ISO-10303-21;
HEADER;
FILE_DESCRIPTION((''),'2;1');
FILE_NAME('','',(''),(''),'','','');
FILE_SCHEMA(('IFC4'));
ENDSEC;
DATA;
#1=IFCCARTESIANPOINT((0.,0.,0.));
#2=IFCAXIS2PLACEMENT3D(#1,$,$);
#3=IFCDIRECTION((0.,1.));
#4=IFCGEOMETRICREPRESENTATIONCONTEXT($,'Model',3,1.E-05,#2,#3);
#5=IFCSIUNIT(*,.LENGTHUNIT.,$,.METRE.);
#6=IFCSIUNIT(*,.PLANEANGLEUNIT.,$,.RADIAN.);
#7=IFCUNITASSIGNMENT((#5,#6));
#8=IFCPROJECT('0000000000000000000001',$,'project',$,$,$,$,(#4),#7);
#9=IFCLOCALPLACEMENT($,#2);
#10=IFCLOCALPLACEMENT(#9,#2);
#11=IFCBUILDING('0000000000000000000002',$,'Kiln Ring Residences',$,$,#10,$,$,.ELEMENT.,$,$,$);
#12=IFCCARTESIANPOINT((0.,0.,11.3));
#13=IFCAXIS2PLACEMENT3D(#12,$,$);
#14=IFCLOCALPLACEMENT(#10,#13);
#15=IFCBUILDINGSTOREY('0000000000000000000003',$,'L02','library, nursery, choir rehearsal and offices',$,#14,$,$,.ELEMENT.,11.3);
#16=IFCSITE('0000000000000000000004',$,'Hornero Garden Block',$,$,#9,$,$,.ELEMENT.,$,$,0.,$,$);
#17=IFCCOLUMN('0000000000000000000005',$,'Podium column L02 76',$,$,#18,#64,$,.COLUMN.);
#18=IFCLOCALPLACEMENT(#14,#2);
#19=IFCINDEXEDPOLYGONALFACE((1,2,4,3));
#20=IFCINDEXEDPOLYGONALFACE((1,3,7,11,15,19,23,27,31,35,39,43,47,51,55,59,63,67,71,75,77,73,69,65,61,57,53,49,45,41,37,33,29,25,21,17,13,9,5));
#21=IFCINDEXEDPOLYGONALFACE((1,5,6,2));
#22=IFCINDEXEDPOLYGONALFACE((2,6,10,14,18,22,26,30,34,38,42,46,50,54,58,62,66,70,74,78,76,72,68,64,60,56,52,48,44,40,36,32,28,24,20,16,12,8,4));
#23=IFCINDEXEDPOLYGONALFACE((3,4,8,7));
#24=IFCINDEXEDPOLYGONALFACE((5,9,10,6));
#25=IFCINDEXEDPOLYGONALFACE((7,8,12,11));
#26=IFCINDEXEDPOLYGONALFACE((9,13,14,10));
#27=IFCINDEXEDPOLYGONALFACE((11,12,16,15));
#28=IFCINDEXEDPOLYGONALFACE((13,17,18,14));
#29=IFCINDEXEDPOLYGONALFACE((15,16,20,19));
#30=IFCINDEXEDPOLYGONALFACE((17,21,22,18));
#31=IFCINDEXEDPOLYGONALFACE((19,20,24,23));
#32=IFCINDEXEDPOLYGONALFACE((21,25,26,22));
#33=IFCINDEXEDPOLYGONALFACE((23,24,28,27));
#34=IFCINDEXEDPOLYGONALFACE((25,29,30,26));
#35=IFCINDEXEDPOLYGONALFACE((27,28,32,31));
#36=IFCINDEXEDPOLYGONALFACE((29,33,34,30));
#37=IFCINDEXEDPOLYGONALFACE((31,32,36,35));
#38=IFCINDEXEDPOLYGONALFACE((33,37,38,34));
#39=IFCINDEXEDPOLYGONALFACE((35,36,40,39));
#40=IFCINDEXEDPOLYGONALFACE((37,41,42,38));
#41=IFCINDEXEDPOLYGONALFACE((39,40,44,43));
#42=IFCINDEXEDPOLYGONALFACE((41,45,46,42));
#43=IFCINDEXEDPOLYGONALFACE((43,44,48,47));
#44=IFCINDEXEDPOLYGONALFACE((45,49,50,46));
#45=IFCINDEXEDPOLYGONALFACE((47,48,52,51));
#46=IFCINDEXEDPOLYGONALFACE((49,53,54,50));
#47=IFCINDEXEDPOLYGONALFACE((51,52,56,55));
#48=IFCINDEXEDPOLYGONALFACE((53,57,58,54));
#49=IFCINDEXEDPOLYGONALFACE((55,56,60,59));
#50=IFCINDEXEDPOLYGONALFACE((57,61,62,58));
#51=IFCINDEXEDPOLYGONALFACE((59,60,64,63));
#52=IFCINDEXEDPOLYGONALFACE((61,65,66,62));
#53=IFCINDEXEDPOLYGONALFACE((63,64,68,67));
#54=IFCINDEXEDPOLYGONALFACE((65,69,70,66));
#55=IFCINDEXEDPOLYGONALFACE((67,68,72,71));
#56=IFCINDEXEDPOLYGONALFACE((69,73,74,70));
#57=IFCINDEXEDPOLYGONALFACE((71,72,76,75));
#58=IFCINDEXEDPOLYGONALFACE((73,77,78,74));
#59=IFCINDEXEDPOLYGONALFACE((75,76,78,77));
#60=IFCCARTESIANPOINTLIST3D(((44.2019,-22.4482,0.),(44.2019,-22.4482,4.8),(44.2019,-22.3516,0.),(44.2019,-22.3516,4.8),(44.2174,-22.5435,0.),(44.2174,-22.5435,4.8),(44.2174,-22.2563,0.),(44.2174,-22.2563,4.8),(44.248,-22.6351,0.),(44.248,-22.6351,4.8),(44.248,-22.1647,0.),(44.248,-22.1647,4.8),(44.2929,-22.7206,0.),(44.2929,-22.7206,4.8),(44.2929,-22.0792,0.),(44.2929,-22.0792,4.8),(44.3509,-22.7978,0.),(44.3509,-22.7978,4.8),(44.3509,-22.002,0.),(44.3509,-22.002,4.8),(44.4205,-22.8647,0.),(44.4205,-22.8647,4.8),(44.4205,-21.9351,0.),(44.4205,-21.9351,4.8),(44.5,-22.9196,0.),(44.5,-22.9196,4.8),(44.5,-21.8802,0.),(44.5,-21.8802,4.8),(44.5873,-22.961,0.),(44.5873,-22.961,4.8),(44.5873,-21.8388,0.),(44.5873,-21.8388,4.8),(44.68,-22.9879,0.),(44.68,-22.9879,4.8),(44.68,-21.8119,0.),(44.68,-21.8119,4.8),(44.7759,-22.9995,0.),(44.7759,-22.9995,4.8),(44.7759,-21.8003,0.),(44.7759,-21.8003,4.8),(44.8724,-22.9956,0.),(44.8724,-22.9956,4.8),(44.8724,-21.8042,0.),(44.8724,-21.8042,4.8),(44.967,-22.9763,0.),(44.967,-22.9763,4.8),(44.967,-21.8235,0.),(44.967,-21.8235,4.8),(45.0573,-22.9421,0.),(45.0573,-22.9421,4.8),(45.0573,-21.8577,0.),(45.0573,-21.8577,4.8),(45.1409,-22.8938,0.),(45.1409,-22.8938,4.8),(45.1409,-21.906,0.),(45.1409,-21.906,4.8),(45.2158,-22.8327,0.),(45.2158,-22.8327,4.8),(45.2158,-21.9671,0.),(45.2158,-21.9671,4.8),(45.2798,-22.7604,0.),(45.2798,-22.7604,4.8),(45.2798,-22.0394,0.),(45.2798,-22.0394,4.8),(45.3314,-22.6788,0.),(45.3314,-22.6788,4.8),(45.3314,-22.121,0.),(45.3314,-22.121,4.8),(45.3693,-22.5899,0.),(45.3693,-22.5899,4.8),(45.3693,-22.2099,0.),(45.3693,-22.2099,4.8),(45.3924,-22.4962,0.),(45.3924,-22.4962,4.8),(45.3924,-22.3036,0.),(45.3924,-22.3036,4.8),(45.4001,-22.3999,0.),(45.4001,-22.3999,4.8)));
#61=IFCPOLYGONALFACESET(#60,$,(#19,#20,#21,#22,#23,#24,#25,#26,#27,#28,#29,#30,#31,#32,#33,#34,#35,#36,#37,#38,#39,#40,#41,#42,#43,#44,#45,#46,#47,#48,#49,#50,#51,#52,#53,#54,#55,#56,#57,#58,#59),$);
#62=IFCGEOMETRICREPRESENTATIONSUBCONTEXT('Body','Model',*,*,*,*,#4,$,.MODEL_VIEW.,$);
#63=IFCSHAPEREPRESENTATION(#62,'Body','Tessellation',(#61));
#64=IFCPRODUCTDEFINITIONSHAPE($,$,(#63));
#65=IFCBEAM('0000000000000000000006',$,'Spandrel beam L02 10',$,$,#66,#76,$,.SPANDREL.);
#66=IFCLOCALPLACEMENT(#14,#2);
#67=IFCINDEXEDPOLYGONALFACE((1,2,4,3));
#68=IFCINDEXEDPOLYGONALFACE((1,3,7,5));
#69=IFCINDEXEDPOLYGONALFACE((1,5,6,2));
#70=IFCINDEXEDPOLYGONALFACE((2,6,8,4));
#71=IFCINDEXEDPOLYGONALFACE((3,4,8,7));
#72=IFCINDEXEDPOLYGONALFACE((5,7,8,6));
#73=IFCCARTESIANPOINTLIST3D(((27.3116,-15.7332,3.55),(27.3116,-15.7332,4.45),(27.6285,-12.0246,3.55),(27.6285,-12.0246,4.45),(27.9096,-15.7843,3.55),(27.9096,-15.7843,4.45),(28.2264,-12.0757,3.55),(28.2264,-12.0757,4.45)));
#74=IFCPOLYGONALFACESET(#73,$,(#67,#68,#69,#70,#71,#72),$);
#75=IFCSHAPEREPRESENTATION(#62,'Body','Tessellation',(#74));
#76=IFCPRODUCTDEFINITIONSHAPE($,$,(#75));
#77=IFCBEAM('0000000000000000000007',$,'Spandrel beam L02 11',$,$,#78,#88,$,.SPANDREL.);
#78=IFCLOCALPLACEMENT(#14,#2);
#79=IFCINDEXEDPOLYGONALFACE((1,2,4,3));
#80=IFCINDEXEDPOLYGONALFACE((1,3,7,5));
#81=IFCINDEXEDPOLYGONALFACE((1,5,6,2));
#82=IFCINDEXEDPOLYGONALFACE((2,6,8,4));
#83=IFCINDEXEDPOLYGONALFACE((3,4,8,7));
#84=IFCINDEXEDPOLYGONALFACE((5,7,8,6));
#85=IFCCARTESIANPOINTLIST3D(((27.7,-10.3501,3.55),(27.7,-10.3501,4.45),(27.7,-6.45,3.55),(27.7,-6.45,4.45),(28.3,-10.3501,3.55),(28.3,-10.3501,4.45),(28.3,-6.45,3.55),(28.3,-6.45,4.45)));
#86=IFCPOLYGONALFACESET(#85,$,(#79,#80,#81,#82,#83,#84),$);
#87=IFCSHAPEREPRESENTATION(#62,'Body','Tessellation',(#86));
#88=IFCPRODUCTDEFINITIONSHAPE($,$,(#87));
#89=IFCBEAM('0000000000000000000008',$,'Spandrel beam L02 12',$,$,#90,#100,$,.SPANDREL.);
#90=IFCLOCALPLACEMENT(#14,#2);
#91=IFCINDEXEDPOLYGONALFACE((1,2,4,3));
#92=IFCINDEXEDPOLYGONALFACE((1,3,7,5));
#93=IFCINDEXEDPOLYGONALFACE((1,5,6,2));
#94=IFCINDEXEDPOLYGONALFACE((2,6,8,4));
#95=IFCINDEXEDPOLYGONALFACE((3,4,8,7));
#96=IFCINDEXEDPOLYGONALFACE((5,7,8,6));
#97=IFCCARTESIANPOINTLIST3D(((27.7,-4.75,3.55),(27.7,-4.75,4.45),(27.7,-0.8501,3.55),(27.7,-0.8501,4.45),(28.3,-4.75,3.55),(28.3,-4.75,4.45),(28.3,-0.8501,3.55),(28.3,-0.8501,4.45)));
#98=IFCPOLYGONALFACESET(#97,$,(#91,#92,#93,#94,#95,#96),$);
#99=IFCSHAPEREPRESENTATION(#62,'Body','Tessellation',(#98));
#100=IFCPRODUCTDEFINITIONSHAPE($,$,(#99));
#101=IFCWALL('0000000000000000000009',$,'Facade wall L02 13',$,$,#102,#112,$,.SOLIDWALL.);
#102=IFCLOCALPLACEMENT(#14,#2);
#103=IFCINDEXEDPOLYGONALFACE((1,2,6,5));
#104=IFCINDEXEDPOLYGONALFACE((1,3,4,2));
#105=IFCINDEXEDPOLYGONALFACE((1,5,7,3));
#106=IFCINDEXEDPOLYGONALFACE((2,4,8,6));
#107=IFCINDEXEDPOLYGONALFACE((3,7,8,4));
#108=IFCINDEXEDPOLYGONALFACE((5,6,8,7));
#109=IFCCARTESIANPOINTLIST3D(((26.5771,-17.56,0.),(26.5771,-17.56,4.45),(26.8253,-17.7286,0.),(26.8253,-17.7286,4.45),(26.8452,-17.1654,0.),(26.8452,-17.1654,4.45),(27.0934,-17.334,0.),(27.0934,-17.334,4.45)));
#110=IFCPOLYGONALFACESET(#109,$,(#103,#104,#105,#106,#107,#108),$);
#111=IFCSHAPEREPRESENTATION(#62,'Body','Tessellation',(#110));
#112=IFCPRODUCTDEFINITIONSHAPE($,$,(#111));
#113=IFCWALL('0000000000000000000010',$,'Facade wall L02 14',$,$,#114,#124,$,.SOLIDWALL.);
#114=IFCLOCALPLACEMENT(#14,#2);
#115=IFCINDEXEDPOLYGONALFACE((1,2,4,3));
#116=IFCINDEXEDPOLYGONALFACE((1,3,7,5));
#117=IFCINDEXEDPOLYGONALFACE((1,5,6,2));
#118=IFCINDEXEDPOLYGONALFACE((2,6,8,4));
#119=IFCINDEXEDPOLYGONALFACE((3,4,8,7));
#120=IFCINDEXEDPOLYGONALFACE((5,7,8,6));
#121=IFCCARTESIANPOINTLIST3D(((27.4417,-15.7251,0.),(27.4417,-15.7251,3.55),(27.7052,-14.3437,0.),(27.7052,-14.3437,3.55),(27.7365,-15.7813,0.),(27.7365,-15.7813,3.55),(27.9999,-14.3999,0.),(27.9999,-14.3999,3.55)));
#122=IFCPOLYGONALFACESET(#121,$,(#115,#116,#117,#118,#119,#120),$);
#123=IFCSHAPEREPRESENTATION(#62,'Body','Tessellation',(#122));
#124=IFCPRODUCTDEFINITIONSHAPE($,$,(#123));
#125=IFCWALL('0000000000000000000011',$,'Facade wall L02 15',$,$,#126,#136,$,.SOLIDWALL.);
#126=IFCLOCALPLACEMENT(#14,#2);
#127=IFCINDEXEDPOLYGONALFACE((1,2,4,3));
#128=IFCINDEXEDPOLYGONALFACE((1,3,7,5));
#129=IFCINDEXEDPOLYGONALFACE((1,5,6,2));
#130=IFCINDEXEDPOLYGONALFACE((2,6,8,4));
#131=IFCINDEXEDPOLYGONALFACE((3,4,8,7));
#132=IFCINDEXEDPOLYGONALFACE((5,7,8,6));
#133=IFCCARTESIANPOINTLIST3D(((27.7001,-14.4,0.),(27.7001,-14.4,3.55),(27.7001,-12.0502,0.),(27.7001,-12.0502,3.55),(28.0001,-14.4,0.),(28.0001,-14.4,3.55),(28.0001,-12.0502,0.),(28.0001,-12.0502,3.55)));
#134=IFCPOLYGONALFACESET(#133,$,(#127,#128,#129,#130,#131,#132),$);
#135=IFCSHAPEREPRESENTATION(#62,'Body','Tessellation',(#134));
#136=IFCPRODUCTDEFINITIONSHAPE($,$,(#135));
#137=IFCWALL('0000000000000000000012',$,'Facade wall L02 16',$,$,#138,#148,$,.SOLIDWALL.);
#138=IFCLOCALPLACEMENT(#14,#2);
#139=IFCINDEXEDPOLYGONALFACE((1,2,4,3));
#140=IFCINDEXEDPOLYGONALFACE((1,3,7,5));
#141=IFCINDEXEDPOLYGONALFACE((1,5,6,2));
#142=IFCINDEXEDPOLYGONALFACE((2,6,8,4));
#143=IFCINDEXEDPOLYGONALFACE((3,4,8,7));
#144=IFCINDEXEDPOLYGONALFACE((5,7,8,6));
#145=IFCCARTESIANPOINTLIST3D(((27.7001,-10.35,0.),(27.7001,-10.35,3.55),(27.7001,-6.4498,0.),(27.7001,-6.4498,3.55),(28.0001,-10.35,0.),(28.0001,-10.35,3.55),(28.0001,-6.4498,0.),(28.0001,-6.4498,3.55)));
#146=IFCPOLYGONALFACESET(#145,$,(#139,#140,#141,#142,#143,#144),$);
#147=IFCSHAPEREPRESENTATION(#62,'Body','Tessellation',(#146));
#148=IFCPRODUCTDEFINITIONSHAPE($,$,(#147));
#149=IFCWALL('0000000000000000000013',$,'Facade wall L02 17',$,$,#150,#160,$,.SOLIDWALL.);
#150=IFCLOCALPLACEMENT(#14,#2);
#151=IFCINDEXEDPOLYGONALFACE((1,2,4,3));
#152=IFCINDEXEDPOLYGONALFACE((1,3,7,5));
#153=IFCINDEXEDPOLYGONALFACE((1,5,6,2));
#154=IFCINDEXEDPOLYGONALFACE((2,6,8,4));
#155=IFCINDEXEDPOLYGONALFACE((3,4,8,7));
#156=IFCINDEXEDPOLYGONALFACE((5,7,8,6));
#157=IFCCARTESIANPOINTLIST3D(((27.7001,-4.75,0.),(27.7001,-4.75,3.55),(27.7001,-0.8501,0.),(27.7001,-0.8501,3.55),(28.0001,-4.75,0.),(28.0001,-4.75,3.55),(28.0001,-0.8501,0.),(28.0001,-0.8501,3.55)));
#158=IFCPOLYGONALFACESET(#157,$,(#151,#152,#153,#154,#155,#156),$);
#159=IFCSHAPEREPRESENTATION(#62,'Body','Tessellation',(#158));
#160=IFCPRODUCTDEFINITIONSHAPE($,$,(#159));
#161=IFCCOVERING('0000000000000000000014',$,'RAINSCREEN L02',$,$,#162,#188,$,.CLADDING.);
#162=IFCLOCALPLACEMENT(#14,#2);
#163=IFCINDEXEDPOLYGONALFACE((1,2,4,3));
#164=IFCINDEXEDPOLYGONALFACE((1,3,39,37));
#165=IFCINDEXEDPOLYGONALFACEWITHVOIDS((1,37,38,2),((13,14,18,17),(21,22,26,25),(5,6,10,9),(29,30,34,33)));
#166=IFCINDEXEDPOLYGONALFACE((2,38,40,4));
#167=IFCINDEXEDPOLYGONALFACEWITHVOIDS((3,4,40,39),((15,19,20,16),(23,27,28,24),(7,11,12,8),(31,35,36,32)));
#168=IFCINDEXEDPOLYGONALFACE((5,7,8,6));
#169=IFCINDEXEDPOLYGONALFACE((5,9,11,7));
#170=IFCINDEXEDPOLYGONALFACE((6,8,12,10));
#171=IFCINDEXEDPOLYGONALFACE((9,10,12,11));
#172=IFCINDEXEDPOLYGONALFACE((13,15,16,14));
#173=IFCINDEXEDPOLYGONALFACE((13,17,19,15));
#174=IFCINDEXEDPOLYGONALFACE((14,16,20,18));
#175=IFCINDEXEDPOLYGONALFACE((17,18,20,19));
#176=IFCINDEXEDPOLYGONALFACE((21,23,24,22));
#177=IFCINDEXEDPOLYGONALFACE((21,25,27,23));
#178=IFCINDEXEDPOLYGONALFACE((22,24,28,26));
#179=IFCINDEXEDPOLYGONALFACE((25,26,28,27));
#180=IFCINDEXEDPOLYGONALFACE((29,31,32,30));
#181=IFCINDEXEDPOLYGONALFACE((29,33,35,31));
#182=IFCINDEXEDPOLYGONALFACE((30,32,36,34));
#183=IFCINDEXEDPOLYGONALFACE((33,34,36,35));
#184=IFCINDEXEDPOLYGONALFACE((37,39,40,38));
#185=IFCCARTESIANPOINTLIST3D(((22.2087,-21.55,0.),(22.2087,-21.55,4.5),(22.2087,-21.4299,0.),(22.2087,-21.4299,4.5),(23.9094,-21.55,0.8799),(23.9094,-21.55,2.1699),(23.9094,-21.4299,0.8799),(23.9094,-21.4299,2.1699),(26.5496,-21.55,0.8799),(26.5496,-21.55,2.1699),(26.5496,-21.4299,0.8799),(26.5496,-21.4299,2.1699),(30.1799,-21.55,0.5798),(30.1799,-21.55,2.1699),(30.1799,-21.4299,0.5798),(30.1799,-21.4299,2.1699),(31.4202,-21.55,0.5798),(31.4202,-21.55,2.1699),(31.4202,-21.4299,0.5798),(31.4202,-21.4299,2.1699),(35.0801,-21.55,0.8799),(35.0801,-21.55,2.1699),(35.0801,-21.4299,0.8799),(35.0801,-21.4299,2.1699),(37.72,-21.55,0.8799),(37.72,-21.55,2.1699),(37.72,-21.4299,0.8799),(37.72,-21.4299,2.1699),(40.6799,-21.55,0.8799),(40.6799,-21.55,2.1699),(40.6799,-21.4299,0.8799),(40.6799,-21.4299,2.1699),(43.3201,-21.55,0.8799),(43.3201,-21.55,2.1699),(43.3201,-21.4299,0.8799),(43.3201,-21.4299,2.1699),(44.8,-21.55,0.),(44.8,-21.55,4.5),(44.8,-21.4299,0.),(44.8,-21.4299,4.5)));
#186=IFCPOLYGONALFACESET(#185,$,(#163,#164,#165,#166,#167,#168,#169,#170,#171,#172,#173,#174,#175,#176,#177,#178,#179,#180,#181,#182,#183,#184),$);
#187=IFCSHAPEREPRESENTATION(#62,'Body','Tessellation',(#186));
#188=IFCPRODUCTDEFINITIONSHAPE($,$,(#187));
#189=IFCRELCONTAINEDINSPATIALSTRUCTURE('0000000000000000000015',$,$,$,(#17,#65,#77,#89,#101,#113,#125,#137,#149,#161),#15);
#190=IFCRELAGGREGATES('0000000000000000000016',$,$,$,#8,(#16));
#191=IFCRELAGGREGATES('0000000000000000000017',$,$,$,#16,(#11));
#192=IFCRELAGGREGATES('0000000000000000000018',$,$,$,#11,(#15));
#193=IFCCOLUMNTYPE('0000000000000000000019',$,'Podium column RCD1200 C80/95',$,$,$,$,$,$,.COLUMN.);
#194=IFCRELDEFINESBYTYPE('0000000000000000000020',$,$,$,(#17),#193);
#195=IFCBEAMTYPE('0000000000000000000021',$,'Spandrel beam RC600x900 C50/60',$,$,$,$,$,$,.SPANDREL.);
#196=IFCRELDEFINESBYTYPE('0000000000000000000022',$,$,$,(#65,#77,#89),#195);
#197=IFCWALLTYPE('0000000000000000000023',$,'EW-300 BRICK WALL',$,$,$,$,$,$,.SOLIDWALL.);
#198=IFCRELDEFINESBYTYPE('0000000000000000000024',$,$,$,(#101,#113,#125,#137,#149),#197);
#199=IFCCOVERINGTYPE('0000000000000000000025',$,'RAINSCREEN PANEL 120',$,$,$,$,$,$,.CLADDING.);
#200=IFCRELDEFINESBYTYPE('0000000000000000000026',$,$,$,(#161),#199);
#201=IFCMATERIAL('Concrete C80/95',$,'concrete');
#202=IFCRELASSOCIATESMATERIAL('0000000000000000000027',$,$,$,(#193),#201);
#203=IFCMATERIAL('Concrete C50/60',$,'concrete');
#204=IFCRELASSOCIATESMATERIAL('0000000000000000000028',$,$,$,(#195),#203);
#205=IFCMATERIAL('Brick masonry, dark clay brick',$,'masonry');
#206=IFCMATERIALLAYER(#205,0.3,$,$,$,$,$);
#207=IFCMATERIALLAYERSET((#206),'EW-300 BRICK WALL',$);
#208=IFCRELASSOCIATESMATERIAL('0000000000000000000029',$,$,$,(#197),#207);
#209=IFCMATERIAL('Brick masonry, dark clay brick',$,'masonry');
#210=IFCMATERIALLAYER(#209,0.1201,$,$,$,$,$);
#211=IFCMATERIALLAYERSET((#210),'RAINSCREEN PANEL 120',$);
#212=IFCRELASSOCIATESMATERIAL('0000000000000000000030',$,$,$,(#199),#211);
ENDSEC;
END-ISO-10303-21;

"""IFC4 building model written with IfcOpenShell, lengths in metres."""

from ifc_helpers import new_model, si_unit, direction, frame, frame_2d, origin, origin_2d, place, context, subcontext, project, spatial, polyline, rectangle, circle, outline, extrude, material, layer, layer_set, material_profile, profile_set, type_object, element, save


model = new_model("IFC4")

# Units and contexts
model_context = context("Model", 3, precision=1e-05, world=origin(), true_north=direction((0.0, 1.0)))
body_context = subcontext(model_context, "Body", "Model", "MODEL_VIEW")
ifc_project = project(units=[si_unit("LENGTHUNIT", "METRE"), si_unit("PLANEANGLEUNIT", "RADIAN")], contexts=[model_context])

# Site, building, storey
site_placement = place(None, origin())
site = spatial("IfcSite", under=ifc_project, at=site_placement, Name="Hornero Garden Block", CompositionType="ELEMENT", RefElevation=0.0)
building_placement = place(site_placement, origin())
building = spatial("IfcBuilding", under=site, at=building_placement, Name="Kiln Ring Residences", CompositionType="ELEMENT")
storey_placement = place(building_placement, frame((0.0, 0.0, 11.3)))
storey = spatial("IfcBuildingStorey", under=building, at=storey_placement, Name="L02", Description="library, nursery, choir rehearsal and offices", CompositionType="ELEMENT", Elevation=11.3)

# Column
ifc_material_1 = material(Name="Concrete C80/95", Category="concrete")
ifc_material_profile_1 = material_profile(ifc_material_1, circle(Radius=0.6001, at=origin_2d()), Name="RCD1200")
ifc_profile_set_1 = profile_set([ifc_material_profile_1], Name="Concrete C80/95")
column_type_1 = type_object("IfcColumnType", Name="Podium column RCD1200 C80/95", PredefinedType="COLUMN", material=ifc_profile_set_1)
for number, where, z_axis, x_axis, name in (
    (1, (44.8, -22.3999, 0.0), (0.0, 0.0, 1.0), (1.0, 0.0, 0.0), "Podium column L02 76"),
):
    element("IfcColumn", number, at=place(storey_placement, frame(where, z_axis=z_axis, x_axis=x_axis)), inside=storey, type_object=column_type_1, Name=name, PredefinedType="COLUMN", context=body_context, shape_type="SweptSolid", body=[
        extrude(circle(Radius=0.6001, at=origin_2d()), origin(), (0.0, 0.0, 1.0), 4.8),
    ])

# Beams
ifc_material_2 = material(Name="Concrete C50/60", Category="concrete")
ifc_material_profile_2 = material_profile(ifc_material_2, rectangle(XDim=0.6001, YDim=0.8999, at=origin_2d()), Name="RC600x900")
ifc_profile_set_2 = profile_set([ifc_material_profile_2], Name="Concrete C50/60")
beam_type = type_object("IfcBeamType", Name="Spandrel beam RC600x900 C50/60", PredefinedType="SPANDREL", material=ifc_profile_set_2)
beam_1_placement = place(storey_placement, frame((27.6106, -15.7588, 4.0), z_axis=(0.085135, 0.996369, 0.0), x_axis=(-0.996369, 0.085135, 0.0)))
element("IfcBeam", 2, at=beam_1_placement, inside=storey, type_object=beam_type, Name="Spandrel beam L02 10", PredefinedType="SPANDREL", context=body_context, shape_type="SweptSolid", body=[
    extrude(rectangle(XDim=0.6001, YDim=0.8999, at=origin_2d()), origin(), (0.0, 0.0, 1.0), 3.7222),
])
beam_2_placement = place(storey_placement, frame((28.0, -10.3501, 4.0), z_axis=(0.0, 1.0, 0.0), x_axis=(-1.0, 0.0, 0.0)))
element("IfcBeam", 3, at=beam_2_placement, inside=storey, type_object=beam_type, Name="Spandrel beam L02 11", PredefinedType="SPANDREL", context=body_context, shape_type="SweptSolid", body=[
    extrude(rectangle(XDim=0.6001, YDim=0.8999, at=origin_2d()), origin(), (0.0, 0.0, 1.0), 3.9001),
])
beam_3_placement = place(storey_placement, frame((28.0, -4.75, 4.0), z_axis=(0.0, 1.0, 0.0), x_axis=(-1.0, 0.0, 0.0)))
element("IfcBeam", 4, at=beam_3_placement, inside=storey, type_object=beam_type, Name="Spandrel beam L02 12", PredefinedType="SPANDREL", context=body_context, shape_type="SweptSolid", body=[
    extrude(rectangle(XDim=0.6001, YDim=0.8999, at=origin_2d()), origin(), (0.0, 0.0, 1.0), 3.8999),
])

# Walls
ifc_material_3 = material(Name="Brick masonry, dark clay brick", Category="masonry")
ifc_layer_1 = layer(ifc_material_3, 0.3)
ifc_layer_set_1 = layer_set([ifc_layer_1], Name="EW-300 BRICK WALL")
wall_type = type_object("IfcWallType", Name="EW-300 BRICK WALL", PredefinedType="SOLIDWALL", material=ifc_layer_set_1)
wall_1_placement = place(storey_placement, frame((26.7012, -17.6443, 0.0), z_axis=(0.0, 0.0, 1.0), x_axis=(0.562002, 0.827136, 0.0)))
element("IfcWall", 5, at=wall_1_placement, inside=storey, type_object=wall_type, Name="Facade wall L02 13", PredefinedType="SOLIDWALL", context=body_context, shape_type="SweptSolid", body=[
    extrude(rectangle(XDim=0.4771, YDim=0.3, at=frame_2d((0.2385, 0.0))), origin(), (0.0, 0.0, 1.0), 4.45),
])
wall_2_placement = place(storey_placement, frame((27.5891, -15.7532, 0.0), z_axis=(0.0, 0.0, 1.0), x_axis=(0.187328, 0.982298, 0.0)))
element("IfcWall", 6, at=wall_2_placement, inside=storey, type_object=wall_type, Name="Facade wall L02 14", PredefinedType="SOLIDWALL", context=body_context, shape_type="SweptSolid", body=[
    extrude(rectangle(XDim=1.4062, YDim=0.3, at=frame_2d((0.7031, 0.0))), origin(), (0.0, 0.0, 1.0), 3.55),
])
wall_3_placement = place(storey_placement, frame((27.8501, -14.3999, 0.0), z_axis=(0.0, 0.0, 1.0), x_axis=(0.0, 1.0, 0.0)))
element("IfcWall", 7, at=wall_3_placement, inside=storey, type_object=wall_type, Name="Facade wall L02 15", PredefinedType="SOLIDWALL", context=body_context, shape_type="SweptSolid", body=[
    extrude(rectangle(XDim=2.3499, YDim=0.3, at=frame_2d((1.1748, 0.0))), origin(), (0.0, 0.0, 1.0), 3.55),
])
wall_4_placement = place(storey_placement, frame((27.8501, -10.3501, 0.0), z_axis=(0.0, 0.0, 1.0), x_axis=(0.0, 1.0, 0.0)))
element("IfcWall", 8, at=wall_4_placement, inside=storey, type_object=wall_type, Name="Facade wall L02 16", PredefinedType="SOLIDWALL", context=body_context, shape_type="SweptSolid", body=[
    extrude(rectangle(XDim=3.9001, YDim=0.3, at=frame_2d((1.9502, 0.0))), origin(), (0.0, 0.0, 1.0), 3.55),
])
wall_5_placement = place(storey_placement, frame((27.8501, -4.75, 0.0), z_axis=(0.0, 0.0, 1.0), x_axis=(0.0, 1.0, 0.0)))
element("IfcWall", 9, at=wall_5_placement, inside=storey, type_object=wall_type, Name="Facade wall L02 17", PredefinedType="SOLIDWALL", context=body_context, shape_type="SweptSolid", body=[
    extrude(rectangle(XDim=3.8999, YDim=0.3, at=frame_2d((1.95, 0.0))), origin(), (0.0, 0.0, 1.0), 3.55),
])

# Covering
ifc_material_4 = material(Name="Brick masonry, dark clay brick", Category="masonry")
ifc_layer_2 = layer(ifc_material_4, 0.1201)
ifc_layer_set_2 = layer_set([ifc_layer_2], Name="RAINSCREEN PANEL 120")
covering_type = type_object("IfcCoveringType", Name="RAINSCREEN PANEL 120", PredefinedType="CLADDING", material=ifc_layer_set_2)
covering_1_placement = place(storey_placement, frame((44.8, -21.49, 0.0), z_axis=(0.0, 0.0, 1.0), x_axis=(-1.0, 0.0, 0.0)))
element("IfcCovering", 10, at=covering_1_placement, inside=storey, type_object=covering_type, Name="RAINSCREEN L02", PredefinedType="CLADDING", context=body_context, shape_type="SweptSolid", body=[
    extrude(outline(polyline([(0.0, 0.0), (22.5913, 0.0), (22.5913, 4.5), (0.0, 4.5), (0.0, 0.0)]), holes=[polyline([(14.6201, 0.5798), (14.6201, 2.1699), (13.3799, 2.1699), (13.3799, 0.5798), (14.6201, 0.5798)]), polyline([(4.1201, 0.8799), (4.1201, 2.1699), (1.48, 2.1699), (1.48, 0.8799), (4.1201, 0.8799)]), polyline([(9.72, 0.8799), (9.72, 2.1699), (7.0801, 2.1699), (7.0801, 0.8799), (9.72, 0.8799)]), polyline([(20.8906, 0.8799), (20.8906, 2.1699), (18.2505, 2.1699), (18.2505, 0.8799), (20.8906, 0.8799)])]), frame((0.0, 0.0601, 0.0), z_axis=(0.0, -1.0, 0.0), x_axis=(1.0, 0.0, 0.0)), (0.0, 0.0, 1.0), 0.1201),
])

save(model, "model.ifc")
